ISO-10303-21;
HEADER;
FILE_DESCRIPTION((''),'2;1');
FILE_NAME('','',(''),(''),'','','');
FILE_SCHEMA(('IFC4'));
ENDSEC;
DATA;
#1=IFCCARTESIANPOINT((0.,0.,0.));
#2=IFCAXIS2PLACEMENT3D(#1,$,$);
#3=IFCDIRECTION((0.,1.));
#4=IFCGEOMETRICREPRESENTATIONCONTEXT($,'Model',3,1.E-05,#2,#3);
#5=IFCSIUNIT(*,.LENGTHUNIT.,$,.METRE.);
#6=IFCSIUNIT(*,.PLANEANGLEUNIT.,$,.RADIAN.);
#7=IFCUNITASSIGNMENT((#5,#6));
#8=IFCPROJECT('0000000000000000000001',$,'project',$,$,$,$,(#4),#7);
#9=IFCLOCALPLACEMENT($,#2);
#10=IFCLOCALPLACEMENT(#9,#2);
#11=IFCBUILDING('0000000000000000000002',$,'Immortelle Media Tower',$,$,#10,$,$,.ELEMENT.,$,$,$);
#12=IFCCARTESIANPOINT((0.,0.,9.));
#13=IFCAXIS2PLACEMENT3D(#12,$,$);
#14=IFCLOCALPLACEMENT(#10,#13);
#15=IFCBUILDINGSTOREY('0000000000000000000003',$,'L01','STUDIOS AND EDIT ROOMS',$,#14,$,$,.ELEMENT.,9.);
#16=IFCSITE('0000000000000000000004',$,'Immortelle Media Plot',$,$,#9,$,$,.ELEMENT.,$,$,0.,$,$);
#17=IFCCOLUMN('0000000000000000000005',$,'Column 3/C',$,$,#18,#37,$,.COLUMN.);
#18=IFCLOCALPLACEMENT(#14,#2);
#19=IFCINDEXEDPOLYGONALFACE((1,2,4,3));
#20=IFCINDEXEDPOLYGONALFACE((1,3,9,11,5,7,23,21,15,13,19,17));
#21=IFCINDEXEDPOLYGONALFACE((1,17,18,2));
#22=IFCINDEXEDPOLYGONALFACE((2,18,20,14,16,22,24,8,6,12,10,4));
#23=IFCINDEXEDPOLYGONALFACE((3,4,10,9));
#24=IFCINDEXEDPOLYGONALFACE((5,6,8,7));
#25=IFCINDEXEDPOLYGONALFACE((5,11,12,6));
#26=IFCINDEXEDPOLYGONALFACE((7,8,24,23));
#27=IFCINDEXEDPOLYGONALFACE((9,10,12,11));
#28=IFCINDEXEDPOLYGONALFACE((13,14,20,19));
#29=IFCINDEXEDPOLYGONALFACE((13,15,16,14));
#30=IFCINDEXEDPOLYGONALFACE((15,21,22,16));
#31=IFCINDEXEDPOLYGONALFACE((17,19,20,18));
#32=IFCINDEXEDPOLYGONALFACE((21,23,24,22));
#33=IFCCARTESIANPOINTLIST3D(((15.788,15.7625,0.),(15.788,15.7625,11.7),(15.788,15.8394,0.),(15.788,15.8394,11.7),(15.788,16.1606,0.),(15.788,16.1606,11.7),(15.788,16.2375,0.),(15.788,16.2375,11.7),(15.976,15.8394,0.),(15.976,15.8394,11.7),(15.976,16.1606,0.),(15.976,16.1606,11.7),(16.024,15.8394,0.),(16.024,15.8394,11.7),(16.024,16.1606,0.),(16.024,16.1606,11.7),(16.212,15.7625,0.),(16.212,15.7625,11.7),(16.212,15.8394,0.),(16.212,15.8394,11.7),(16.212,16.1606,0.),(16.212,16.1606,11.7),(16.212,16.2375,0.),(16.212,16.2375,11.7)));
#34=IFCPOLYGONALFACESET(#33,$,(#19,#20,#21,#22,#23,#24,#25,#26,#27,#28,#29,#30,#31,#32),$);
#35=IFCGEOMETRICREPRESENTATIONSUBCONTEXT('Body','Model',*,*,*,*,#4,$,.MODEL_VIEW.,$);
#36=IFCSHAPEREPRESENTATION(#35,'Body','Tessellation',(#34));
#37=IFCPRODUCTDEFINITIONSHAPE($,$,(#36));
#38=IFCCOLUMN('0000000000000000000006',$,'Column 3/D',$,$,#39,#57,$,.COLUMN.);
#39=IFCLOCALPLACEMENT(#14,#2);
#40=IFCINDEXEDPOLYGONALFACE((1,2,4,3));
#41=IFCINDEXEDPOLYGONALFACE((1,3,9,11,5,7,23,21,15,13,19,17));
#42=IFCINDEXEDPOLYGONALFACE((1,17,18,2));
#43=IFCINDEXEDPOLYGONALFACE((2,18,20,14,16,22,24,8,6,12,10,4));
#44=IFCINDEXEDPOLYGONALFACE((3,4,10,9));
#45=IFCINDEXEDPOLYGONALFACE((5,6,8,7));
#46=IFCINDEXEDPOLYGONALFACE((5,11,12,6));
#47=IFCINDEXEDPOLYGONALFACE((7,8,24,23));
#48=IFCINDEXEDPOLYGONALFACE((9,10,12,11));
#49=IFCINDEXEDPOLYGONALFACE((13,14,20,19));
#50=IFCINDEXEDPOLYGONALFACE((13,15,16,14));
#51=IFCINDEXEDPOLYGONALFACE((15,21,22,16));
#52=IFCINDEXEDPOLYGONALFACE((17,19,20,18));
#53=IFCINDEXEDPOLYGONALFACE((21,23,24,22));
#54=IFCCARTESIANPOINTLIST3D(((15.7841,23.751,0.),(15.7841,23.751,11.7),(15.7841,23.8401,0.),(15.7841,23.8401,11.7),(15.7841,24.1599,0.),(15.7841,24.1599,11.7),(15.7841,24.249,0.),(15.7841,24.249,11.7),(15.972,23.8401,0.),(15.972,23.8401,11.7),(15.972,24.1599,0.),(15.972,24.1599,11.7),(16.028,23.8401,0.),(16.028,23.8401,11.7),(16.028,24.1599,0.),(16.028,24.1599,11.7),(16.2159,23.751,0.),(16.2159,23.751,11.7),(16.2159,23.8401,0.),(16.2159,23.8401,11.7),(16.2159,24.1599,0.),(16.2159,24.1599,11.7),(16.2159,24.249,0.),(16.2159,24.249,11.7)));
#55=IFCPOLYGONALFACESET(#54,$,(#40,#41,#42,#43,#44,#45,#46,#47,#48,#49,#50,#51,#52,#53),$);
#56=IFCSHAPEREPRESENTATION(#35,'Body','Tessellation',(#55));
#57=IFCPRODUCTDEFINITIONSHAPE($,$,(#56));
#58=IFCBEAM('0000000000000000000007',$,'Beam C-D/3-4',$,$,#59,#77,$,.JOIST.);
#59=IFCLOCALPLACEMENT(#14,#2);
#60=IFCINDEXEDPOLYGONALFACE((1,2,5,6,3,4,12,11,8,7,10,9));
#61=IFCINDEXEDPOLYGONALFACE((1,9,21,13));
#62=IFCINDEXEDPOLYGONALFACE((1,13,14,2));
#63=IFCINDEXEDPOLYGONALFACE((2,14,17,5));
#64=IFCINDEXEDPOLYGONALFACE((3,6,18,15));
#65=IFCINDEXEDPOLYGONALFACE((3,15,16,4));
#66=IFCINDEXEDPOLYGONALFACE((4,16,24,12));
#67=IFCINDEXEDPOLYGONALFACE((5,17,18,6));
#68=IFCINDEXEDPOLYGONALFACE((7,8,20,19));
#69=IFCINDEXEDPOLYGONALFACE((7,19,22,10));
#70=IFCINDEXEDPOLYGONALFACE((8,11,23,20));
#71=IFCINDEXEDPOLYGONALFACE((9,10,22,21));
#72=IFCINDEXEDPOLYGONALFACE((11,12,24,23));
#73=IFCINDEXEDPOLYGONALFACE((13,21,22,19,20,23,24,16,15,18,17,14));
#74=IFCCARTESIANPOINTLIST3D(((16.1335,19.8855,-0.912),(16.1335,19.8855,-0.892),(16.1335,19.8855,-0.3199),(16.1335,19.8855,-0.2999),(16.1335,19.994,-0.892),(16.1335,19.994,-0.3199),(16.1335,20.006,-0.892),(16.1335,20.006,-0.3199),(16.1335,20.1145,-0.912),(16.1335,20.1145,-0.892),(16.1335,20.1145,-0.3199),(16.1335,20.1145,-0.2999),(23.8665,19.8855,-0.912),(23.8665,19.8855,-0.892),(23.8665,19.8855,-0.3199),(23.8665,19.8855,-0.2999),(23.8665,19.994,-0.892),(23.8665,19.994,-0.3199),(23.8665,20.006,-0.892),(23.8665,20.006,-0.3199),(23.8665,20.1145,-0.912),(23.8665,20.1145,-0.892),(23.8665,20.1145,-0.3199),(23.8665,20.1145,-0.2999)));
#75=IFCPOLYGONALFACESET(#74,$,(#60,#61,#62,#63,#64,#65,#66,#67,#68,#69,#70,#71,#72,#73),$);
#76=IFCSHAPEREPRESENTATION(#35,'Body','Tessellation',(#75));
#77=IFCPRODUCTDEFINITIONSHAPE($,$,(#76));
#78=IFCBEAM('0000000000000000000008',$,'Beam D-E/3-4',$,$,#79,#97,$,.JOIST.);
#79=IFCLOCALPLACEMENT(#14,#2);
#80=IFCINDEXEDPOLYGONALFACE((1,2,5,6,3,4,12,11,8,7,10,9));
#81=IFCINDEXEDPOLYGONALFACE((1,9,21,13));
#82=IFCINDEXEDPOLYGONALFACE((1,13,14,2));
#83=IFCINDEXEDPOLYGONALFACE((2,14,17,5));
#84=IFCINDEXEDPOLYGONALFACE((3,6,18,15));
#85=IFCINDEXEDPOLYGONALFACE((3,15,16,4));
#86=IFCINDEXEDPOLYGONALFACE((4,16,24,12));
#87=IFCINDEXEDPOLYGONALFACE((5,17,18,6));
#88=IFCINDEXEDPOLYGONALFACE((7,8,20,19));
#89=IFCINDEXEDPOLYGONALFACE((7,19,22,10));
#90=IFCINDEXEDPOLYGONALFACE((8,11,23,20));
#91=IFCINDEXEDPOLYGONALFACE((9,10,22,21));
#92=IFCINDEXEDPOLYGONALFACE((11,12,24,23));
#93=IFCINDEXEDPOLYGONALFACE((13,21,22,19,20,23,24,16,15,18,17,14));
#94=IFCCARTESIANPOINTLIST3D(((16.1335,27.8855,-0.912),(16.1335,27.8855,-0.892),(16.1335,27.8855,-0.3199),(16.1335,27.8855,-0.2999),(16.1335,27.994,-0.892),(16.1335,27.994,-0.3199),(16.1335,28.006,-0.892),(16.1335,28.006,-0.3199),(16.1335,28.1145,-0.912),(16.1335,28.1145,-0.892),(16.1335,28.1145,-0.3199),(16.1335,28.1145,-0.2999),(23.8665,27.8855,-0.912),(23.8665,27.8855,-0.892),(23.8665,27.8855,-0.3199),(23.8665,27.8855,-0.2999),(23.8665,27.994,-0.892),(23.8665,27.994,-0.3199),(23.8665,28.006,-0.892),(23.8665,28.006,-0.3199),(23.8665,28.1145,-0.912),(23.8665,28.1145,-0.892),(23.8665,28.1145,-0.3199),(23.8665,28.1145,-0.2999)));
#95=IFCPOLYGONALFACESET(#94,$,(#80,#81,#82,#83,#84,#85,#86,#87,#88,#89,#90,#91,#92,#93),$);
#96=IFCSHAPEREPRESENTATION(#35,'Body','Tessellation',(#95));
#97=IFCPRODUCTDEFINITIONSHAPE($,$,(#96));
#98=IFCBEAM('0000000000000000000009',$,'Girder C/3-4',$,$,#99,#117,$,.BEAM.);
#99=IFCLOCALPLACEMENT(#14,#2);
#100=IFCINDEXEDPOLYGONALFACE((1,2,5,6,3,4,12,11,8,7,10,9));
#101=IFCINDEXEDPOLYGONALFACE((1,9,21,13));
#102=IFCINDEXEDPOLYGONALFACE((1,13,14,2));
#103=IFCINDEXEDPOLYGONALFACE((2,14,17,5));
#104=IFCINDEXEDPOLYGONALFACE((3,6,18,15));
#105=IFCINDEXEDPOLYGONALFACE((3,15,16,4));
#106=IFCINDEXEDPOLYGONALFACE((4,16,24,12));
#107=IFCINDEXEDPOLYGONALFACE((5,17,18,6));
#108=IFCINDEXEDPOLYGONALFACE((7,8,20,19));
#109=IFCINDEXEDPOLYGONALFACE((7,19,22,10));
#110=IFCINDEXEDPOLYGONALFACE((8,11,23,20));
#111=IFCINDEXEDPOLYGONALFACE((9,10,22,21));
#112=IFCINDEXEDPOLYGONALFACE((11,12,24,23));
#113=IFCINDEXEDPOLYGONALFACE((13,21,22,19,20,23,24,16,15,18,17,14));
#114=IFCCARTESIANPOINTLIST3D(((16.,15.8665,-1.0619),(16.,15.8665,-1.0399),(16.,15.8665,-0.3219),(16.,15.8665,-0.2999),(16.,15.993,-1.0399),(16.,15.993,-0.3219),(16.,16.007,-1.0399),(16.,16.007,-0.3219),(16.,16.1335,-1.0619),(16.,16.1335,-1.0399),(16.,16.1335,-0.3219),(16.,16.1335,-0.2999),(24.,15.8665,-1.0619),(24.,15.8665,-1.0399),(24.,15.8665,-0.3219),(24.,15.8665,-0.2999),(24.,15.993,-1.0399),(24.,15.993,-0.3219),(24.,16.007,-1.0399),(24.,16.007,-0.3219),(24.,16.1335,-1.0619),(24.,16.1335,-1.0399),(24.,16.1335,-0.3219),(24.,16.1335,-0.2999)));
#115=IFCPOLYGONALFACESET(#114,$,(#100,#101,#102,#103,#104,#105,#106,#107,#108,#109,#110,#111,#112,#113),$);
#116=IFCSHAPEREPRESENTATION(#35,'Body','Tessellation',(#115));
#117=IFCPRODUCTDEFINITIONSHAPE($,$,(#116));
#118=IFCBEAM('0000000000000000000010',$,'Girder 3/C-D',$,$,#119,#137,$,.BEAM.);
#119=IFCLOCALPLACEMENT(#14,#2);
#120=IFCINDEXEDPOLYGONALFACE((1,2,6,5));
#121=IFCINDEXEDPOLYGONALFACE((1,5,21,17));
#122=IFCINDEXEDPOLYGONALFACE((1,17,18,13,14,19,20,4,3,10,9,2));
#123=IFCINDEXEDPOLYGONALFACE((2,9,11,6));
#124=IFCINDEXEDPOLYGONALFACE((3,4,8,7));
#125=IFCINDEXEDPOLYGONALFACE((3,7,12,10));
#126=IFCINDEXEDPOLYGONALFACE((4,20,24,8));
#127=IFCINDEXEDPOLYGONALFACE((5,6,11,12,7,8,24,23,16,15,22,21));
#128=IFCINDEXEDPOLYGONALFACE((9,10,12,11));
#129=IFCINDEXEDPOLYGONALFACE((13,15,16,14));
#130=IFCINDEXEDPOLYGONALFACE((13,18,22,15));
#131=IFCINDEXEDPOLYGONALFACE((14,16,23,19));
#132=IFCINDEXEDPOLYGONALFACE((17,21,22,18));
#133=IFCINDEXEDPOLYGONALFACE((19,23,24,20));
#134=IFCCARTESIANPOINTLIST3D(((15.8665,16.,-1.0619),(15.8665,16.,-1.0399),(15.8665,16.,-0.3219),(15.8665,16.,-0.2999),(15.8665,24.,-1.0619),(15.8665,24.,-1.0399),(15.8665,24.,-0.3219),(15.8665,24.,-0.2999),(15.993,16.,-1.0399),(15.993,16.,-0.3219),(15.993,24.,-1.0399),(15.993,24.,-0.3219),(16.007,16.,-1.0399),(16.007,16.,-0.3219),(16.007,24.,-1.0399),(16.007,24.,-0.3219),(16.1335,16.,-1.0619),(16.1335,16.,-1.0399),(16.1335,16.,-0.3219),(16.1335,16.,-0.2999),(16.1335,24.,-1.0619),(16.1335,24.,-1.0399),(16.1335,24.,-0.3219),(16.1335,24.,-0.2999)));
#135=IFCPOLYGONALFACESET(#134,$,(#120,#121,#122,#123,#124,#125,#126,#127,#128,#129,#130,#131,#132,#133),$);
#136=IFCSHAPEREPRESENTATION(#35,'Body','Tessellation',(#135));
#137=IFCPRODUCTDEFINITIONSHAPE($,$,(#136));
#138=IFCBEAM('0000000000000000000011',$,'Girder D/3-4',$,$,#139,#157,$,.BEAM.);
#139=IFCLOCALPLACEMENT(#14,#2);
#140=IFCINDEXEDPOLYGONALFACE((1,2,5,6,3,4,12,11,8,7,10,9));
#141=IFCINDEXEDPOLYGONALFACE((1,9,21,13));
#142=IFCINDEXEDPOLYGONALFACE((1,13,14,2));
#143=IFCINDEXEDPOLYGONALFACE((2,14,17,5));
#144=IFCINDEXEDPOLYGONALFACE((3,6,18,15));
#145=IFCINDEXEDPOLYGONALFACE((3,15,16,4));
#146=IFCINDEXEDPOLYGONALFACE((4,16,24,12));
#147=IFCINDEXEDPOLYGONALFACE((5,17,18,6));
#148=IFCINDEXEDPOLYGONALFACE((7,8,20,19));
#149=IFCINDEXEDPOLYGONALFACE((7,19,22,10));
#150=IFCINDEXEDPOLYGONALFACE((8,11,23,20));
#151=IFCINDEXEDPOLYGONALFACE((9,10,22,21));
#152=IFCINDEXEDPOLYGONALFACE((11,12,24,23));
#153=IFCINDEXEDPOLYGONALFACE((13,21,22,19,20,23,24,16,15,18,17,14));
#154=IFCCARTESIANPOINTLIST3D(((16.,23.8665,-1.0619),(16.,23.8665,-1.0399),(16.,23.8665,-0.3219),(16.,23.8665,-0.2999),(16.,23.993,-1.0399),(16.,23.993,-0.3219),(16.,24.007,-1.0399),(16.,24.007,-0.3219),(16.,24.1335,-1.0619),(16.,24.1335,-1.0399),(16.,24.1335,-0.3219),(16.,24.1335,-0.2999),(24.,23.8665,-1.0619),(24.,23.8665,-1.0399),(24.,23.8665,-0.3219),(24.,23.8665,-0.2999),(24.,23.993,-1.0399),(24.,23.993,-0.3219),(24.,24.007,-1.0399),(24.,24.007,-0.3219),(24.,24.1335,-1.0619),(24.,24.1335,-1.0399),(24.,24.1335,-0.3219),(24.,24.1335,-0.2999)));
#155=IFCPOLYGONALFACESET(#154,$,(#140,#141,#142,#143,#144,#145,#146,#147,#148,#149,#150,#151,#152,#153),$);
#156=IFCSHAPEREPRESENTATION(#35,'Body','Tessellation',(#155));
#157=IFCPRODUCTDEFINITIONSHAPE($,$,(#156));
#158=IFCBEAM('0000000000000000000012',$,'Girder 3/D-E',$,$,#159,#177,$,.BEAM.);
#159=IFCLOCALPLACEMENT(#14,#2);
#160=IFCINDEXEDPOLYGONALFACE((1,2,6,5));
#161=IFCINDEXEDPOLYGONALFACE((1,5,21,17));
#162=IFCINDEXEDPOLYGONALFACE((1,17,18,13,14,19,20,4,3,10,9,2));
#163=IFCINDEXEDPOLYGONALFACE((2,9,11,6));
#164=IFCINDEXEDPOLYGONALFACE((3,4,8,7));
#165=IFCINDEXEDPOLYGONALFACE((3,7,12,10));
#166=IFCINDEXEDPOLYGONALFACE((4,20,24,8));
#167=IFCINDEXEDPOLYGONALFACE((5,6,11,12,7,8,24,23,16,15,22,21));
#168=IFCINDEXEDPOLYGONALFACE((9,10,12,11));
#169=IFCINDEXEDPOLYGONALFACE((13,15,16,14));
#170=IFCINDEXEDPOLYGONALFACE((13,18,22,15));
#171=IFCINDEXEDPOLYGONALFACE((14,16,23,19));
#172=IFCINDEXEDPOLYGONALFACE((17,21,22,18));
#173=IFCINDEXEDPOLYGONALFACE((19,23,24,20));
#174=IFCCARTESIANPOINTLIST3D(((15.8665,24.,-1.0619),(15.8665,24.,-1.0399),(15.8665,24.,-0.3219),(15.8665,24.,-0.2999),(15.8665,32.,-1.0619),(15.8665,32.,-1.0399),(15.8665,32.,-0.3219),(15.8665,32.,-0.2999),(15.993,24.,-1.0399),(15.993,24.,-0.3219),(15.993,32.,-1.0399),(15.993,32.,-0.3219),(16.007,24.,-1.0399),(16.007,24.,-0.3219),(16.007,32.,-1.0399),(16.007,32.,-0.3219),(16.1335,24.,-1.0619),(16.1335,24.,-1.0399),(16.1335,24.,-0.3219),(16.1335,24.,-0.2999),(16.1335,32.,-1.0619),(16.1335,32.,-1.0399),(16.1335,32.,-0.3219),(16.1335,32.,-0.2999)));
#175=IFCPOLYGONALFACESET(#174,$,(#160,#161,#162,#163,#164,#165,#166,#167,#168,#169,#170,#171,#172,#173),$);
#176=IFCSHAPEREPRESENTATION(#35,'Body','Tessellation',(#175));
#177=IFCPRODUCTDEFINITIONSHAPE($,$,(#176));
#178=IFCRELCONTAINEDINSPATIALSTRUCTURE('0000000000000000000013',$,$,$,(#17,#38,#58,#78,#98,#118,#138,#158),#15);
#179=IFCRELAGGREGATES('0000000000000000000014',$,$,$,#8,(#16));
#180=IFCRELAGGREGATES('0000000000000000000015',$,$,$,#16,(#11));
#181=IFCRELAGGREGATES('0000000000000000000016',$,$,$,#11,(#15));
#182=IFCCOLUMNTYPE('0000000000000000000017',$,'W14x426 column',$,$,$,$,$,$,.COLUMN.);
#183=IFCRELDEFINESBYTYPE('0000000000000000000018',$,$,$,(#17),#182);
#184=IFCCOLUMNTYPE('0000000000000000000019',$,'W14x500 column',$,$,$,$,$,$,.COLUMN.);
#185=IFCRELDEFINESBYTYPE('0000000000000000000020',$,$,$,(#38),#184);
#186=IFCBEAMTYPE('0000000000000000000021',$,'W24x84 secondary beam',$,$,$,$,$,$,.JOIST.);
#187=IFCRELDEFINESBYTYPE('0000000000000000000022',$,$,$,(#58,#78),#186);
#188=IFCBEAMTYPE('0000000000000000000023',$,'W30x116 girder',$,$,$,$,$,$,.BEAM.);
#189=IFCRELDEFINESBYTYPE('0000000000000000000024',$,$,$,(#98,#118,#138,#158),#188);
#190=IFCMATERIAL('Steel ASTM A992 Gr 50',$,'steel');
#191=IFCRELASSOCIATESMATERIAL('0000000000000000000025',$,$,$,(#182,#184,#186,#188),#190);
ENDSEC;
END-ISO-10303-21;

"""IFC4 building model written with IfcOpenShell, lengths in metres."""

from ifc_helpers import new_model, si_unit, direction, frame, origin, origin_2d, place, context, subcontext, project, spatial, i_section, extrude, material, material_profile, profile_set, type_object, element, save


model = new_model("IFC4")

# Units and contexts
model_context = context("Model", 3, precision=1e-05, world=origin(), true_north=direction((0.0, 1.0)))
body_context = subcontext(model_context, "Body", "Model", "MODEL_VIEW")
ifc_project = project(units=[si_unit("LENGTHUNIT", "METRE"), si_unit("PLANEANGLEUNIT", "RADIAN")], contexts=[model_context])

# Site, building, storey
site_placement = place(None, origin())
site = spatial("IfcSite", under=ifc_project, at=site_placement, Name="Immortelle Media Plot", CompositionType="ELEMENT", RefElevation=0.0)
building_placement = place(site_placement, origin())
building = spatial("IfcBuilding", under=site, at=building_placement, Name="Immortelle Media Tower", CompositionType="ELEMENT")
storey_placement = place(building_placement, frame((0.0, 0.0, 9.0)))
storey = spatial("IfcBuildingStorey", under=building, at=storey_placement, Name="L01", Description="STUDIOS AND EDIT ROOMS", CompositionType="ELEMENT", Elevation=9.0)

# Columns
ifc_material_1 = material(Name="Steel ASTM A992 Gr 50", Category="steel")
ifc_material_profile_1 = material_profile(ifc_material_1, i_section(OverallWidth=0.4241, OverallDepth=0.4751, WebThickness=0.0481, FlangeThickness=0.0769, at=origin_2d()), Name="W14x426")
ifc_profile_set_1 = profile_set([ifc_material_profile_1], Name="Steel ASTM A992 Gr 50")
column_type_1 = type_object("IfcColumnType", Name="W14x426 column", PredefinedType="COLUMN", material=ifc_profile_set_1)
column_1_placement = place(storey_placement, frame((16.0, 16.0, 0.0), z_axis=(0.0, 0.0, 1.0), x_axis=(1.0, 0.0, 0.0)))
element("IfcColumn", 1, at=column_1_placement, inside=storey, type_object=column_type_1, Name="Column 3/C", PredefinedType="COLUMN", context=body_context, shape_type="SweptSolid", body=[
    extrude(i_section(OverallWidth=0.4241, OverallDepth=0.4751, WebThickness=0.0481, FlangeThickness=0.0769, at=origin_2d()), origin(), (0.0, 0.0, 1.0), 11.7),
])
ifc_material_profile_2 = material_profile(ifc_material_1, i_section(OverallWidth=0.4319, OverallDepth=0.498, WebThickness=0.0559, FlangeThickness=0.0891, at=origin_2d()), Name="W14x500")
ifc_profile_set_2 = profile_set([ifc_material_profile_2], Name="Steel ASTM A992 Gr 50")
column_type_2 = type_object("IfcColumnType", Name="W14x500 column", PredefinedType="COLUMN", material=ifc_profile_set_2)
column_2_placement = place(storey_placement, frame((16.0, 24.0, 0.0), z_axis=(0.0, 0.0, 1.0), x_axis=(1.0, 0.0, 0.0)))
element("IfcColumn", 2, at=column_2_placement, inside=storey, type_object=column_type_2, Name="Column 3/D", PredefinedType="COLUMN", context=body_context, shape_type="SweptSolid", body=[
    extrude(i_section(OverallWidth=0.4319, OverallDepth=0.498, WebThickness=0.0559, FlangeThickness=0.0891, at=origin_2d()), origin(), (0.0, 0.0, 1.0), 11.7),
])

# Beams
ifc_material_profile_3 = material_profile(ifc_material_1, i_section(OverallWidth=0.229, OverallDepth=0.6121, WebThickness=0.012, FlangeThickness=0.02, at=origin_2d()), Name="W24x84")
ifc_profile_set_3 = profile_set([ifc_material_profile_3], Name="Steel ASTM A992 Gr 50")
beam_type_1 = type_object("IfcBeamType", Name="W24x84 secondary beam", PredefinedType="JOIST", material=ifc_profile_set_3)
for number, where, z_axis, x_axis, name in (
    (3, (16.1335, 20.0, -0.606), (1.0, 0.0, 0.0), (0.0, 1.0, 0.0), "Beam C-D/3-4"),
    (4, (16.1335, 28.0, -0.606), (1.0, 0.0, 0.0), (0.0, 1.0, 0.0), "Beam D-E/3-4"),
):
    element("IfcBeam", number, at=place(storey_placement, frame(where, z_axis=z_axis, x_axis=x_axis)), inside=storey, type_object=beam_type_1, Name=name, PredefinedType="JOIST", context=body_context, shape_type="SweptSolid", body=[
        extrude(i_section(OverallWidth=0.229, OverallDepth=0.6121, WebThickness=0.012, FlangeThickness=0.02, at=origin_2d()), origin(), (0.0, 0.0, 1.0), 7.7329),
    ])
ifc_material_profile_4 = material_profile(ifc_material_1, i_section(OverallWidth=0.2671, OverallDepth=0.762, WebThickness=0.0139, FlangeThickness=0.022, at=origin_2d()), Name="W30x116")
ifc_profile_set_4 = profile_set([ifc_material_profile_4], Name="Steel ASTM A992 Gr 50")
beam_type_2 = type_object("IfcBeamType", Name="W30x116 girder", PredefinedType="BEAM", material=ifc_profile_set_4)
for number, where, z_axis, x_axis, name in (
    (5, (16.0, 16.0, -0.6809), (1.0, 0.0, 0.0), (0.0, 1.0, 0.0), "Girder C/3-4"),
    (6, (16.0, 16.0, -0.6809), (0.0, 1.0, 0.0), (-1.0, 0.0, 0.0), "Girder 3/C-D"),
    (7, (16.0, 24.0, -0.6809), (1.0, 0.0, 0.0), (0.0, 1.0, 0.0), "Girder D/3-4"),
    (8, (16.0, 24.0, -0.6809), (0.0, 1.0, 0.0), (-1.0, 0.0, 0.0), "Girder 3/D-E"),
):
    element("IfcBeam", number, at=place(storey_placement, frame(where, z_axis=z_axis, x_axis=x_axis)), inside=storey, type_object=beam_type_2, Name=name, PredefinedType="BEAM", context=body_context, shape_type="SweptSolid", body=[
        extrude(i_section(OverallWidth=0.2671, OverallDepth=0.762, WebThickness=0.0139, FlangeThickness=0.022, at=origin_2d()), origin(), (0.0, 0.0, 1.0), 8.0),
    ])

save(model, "model.ifc")
